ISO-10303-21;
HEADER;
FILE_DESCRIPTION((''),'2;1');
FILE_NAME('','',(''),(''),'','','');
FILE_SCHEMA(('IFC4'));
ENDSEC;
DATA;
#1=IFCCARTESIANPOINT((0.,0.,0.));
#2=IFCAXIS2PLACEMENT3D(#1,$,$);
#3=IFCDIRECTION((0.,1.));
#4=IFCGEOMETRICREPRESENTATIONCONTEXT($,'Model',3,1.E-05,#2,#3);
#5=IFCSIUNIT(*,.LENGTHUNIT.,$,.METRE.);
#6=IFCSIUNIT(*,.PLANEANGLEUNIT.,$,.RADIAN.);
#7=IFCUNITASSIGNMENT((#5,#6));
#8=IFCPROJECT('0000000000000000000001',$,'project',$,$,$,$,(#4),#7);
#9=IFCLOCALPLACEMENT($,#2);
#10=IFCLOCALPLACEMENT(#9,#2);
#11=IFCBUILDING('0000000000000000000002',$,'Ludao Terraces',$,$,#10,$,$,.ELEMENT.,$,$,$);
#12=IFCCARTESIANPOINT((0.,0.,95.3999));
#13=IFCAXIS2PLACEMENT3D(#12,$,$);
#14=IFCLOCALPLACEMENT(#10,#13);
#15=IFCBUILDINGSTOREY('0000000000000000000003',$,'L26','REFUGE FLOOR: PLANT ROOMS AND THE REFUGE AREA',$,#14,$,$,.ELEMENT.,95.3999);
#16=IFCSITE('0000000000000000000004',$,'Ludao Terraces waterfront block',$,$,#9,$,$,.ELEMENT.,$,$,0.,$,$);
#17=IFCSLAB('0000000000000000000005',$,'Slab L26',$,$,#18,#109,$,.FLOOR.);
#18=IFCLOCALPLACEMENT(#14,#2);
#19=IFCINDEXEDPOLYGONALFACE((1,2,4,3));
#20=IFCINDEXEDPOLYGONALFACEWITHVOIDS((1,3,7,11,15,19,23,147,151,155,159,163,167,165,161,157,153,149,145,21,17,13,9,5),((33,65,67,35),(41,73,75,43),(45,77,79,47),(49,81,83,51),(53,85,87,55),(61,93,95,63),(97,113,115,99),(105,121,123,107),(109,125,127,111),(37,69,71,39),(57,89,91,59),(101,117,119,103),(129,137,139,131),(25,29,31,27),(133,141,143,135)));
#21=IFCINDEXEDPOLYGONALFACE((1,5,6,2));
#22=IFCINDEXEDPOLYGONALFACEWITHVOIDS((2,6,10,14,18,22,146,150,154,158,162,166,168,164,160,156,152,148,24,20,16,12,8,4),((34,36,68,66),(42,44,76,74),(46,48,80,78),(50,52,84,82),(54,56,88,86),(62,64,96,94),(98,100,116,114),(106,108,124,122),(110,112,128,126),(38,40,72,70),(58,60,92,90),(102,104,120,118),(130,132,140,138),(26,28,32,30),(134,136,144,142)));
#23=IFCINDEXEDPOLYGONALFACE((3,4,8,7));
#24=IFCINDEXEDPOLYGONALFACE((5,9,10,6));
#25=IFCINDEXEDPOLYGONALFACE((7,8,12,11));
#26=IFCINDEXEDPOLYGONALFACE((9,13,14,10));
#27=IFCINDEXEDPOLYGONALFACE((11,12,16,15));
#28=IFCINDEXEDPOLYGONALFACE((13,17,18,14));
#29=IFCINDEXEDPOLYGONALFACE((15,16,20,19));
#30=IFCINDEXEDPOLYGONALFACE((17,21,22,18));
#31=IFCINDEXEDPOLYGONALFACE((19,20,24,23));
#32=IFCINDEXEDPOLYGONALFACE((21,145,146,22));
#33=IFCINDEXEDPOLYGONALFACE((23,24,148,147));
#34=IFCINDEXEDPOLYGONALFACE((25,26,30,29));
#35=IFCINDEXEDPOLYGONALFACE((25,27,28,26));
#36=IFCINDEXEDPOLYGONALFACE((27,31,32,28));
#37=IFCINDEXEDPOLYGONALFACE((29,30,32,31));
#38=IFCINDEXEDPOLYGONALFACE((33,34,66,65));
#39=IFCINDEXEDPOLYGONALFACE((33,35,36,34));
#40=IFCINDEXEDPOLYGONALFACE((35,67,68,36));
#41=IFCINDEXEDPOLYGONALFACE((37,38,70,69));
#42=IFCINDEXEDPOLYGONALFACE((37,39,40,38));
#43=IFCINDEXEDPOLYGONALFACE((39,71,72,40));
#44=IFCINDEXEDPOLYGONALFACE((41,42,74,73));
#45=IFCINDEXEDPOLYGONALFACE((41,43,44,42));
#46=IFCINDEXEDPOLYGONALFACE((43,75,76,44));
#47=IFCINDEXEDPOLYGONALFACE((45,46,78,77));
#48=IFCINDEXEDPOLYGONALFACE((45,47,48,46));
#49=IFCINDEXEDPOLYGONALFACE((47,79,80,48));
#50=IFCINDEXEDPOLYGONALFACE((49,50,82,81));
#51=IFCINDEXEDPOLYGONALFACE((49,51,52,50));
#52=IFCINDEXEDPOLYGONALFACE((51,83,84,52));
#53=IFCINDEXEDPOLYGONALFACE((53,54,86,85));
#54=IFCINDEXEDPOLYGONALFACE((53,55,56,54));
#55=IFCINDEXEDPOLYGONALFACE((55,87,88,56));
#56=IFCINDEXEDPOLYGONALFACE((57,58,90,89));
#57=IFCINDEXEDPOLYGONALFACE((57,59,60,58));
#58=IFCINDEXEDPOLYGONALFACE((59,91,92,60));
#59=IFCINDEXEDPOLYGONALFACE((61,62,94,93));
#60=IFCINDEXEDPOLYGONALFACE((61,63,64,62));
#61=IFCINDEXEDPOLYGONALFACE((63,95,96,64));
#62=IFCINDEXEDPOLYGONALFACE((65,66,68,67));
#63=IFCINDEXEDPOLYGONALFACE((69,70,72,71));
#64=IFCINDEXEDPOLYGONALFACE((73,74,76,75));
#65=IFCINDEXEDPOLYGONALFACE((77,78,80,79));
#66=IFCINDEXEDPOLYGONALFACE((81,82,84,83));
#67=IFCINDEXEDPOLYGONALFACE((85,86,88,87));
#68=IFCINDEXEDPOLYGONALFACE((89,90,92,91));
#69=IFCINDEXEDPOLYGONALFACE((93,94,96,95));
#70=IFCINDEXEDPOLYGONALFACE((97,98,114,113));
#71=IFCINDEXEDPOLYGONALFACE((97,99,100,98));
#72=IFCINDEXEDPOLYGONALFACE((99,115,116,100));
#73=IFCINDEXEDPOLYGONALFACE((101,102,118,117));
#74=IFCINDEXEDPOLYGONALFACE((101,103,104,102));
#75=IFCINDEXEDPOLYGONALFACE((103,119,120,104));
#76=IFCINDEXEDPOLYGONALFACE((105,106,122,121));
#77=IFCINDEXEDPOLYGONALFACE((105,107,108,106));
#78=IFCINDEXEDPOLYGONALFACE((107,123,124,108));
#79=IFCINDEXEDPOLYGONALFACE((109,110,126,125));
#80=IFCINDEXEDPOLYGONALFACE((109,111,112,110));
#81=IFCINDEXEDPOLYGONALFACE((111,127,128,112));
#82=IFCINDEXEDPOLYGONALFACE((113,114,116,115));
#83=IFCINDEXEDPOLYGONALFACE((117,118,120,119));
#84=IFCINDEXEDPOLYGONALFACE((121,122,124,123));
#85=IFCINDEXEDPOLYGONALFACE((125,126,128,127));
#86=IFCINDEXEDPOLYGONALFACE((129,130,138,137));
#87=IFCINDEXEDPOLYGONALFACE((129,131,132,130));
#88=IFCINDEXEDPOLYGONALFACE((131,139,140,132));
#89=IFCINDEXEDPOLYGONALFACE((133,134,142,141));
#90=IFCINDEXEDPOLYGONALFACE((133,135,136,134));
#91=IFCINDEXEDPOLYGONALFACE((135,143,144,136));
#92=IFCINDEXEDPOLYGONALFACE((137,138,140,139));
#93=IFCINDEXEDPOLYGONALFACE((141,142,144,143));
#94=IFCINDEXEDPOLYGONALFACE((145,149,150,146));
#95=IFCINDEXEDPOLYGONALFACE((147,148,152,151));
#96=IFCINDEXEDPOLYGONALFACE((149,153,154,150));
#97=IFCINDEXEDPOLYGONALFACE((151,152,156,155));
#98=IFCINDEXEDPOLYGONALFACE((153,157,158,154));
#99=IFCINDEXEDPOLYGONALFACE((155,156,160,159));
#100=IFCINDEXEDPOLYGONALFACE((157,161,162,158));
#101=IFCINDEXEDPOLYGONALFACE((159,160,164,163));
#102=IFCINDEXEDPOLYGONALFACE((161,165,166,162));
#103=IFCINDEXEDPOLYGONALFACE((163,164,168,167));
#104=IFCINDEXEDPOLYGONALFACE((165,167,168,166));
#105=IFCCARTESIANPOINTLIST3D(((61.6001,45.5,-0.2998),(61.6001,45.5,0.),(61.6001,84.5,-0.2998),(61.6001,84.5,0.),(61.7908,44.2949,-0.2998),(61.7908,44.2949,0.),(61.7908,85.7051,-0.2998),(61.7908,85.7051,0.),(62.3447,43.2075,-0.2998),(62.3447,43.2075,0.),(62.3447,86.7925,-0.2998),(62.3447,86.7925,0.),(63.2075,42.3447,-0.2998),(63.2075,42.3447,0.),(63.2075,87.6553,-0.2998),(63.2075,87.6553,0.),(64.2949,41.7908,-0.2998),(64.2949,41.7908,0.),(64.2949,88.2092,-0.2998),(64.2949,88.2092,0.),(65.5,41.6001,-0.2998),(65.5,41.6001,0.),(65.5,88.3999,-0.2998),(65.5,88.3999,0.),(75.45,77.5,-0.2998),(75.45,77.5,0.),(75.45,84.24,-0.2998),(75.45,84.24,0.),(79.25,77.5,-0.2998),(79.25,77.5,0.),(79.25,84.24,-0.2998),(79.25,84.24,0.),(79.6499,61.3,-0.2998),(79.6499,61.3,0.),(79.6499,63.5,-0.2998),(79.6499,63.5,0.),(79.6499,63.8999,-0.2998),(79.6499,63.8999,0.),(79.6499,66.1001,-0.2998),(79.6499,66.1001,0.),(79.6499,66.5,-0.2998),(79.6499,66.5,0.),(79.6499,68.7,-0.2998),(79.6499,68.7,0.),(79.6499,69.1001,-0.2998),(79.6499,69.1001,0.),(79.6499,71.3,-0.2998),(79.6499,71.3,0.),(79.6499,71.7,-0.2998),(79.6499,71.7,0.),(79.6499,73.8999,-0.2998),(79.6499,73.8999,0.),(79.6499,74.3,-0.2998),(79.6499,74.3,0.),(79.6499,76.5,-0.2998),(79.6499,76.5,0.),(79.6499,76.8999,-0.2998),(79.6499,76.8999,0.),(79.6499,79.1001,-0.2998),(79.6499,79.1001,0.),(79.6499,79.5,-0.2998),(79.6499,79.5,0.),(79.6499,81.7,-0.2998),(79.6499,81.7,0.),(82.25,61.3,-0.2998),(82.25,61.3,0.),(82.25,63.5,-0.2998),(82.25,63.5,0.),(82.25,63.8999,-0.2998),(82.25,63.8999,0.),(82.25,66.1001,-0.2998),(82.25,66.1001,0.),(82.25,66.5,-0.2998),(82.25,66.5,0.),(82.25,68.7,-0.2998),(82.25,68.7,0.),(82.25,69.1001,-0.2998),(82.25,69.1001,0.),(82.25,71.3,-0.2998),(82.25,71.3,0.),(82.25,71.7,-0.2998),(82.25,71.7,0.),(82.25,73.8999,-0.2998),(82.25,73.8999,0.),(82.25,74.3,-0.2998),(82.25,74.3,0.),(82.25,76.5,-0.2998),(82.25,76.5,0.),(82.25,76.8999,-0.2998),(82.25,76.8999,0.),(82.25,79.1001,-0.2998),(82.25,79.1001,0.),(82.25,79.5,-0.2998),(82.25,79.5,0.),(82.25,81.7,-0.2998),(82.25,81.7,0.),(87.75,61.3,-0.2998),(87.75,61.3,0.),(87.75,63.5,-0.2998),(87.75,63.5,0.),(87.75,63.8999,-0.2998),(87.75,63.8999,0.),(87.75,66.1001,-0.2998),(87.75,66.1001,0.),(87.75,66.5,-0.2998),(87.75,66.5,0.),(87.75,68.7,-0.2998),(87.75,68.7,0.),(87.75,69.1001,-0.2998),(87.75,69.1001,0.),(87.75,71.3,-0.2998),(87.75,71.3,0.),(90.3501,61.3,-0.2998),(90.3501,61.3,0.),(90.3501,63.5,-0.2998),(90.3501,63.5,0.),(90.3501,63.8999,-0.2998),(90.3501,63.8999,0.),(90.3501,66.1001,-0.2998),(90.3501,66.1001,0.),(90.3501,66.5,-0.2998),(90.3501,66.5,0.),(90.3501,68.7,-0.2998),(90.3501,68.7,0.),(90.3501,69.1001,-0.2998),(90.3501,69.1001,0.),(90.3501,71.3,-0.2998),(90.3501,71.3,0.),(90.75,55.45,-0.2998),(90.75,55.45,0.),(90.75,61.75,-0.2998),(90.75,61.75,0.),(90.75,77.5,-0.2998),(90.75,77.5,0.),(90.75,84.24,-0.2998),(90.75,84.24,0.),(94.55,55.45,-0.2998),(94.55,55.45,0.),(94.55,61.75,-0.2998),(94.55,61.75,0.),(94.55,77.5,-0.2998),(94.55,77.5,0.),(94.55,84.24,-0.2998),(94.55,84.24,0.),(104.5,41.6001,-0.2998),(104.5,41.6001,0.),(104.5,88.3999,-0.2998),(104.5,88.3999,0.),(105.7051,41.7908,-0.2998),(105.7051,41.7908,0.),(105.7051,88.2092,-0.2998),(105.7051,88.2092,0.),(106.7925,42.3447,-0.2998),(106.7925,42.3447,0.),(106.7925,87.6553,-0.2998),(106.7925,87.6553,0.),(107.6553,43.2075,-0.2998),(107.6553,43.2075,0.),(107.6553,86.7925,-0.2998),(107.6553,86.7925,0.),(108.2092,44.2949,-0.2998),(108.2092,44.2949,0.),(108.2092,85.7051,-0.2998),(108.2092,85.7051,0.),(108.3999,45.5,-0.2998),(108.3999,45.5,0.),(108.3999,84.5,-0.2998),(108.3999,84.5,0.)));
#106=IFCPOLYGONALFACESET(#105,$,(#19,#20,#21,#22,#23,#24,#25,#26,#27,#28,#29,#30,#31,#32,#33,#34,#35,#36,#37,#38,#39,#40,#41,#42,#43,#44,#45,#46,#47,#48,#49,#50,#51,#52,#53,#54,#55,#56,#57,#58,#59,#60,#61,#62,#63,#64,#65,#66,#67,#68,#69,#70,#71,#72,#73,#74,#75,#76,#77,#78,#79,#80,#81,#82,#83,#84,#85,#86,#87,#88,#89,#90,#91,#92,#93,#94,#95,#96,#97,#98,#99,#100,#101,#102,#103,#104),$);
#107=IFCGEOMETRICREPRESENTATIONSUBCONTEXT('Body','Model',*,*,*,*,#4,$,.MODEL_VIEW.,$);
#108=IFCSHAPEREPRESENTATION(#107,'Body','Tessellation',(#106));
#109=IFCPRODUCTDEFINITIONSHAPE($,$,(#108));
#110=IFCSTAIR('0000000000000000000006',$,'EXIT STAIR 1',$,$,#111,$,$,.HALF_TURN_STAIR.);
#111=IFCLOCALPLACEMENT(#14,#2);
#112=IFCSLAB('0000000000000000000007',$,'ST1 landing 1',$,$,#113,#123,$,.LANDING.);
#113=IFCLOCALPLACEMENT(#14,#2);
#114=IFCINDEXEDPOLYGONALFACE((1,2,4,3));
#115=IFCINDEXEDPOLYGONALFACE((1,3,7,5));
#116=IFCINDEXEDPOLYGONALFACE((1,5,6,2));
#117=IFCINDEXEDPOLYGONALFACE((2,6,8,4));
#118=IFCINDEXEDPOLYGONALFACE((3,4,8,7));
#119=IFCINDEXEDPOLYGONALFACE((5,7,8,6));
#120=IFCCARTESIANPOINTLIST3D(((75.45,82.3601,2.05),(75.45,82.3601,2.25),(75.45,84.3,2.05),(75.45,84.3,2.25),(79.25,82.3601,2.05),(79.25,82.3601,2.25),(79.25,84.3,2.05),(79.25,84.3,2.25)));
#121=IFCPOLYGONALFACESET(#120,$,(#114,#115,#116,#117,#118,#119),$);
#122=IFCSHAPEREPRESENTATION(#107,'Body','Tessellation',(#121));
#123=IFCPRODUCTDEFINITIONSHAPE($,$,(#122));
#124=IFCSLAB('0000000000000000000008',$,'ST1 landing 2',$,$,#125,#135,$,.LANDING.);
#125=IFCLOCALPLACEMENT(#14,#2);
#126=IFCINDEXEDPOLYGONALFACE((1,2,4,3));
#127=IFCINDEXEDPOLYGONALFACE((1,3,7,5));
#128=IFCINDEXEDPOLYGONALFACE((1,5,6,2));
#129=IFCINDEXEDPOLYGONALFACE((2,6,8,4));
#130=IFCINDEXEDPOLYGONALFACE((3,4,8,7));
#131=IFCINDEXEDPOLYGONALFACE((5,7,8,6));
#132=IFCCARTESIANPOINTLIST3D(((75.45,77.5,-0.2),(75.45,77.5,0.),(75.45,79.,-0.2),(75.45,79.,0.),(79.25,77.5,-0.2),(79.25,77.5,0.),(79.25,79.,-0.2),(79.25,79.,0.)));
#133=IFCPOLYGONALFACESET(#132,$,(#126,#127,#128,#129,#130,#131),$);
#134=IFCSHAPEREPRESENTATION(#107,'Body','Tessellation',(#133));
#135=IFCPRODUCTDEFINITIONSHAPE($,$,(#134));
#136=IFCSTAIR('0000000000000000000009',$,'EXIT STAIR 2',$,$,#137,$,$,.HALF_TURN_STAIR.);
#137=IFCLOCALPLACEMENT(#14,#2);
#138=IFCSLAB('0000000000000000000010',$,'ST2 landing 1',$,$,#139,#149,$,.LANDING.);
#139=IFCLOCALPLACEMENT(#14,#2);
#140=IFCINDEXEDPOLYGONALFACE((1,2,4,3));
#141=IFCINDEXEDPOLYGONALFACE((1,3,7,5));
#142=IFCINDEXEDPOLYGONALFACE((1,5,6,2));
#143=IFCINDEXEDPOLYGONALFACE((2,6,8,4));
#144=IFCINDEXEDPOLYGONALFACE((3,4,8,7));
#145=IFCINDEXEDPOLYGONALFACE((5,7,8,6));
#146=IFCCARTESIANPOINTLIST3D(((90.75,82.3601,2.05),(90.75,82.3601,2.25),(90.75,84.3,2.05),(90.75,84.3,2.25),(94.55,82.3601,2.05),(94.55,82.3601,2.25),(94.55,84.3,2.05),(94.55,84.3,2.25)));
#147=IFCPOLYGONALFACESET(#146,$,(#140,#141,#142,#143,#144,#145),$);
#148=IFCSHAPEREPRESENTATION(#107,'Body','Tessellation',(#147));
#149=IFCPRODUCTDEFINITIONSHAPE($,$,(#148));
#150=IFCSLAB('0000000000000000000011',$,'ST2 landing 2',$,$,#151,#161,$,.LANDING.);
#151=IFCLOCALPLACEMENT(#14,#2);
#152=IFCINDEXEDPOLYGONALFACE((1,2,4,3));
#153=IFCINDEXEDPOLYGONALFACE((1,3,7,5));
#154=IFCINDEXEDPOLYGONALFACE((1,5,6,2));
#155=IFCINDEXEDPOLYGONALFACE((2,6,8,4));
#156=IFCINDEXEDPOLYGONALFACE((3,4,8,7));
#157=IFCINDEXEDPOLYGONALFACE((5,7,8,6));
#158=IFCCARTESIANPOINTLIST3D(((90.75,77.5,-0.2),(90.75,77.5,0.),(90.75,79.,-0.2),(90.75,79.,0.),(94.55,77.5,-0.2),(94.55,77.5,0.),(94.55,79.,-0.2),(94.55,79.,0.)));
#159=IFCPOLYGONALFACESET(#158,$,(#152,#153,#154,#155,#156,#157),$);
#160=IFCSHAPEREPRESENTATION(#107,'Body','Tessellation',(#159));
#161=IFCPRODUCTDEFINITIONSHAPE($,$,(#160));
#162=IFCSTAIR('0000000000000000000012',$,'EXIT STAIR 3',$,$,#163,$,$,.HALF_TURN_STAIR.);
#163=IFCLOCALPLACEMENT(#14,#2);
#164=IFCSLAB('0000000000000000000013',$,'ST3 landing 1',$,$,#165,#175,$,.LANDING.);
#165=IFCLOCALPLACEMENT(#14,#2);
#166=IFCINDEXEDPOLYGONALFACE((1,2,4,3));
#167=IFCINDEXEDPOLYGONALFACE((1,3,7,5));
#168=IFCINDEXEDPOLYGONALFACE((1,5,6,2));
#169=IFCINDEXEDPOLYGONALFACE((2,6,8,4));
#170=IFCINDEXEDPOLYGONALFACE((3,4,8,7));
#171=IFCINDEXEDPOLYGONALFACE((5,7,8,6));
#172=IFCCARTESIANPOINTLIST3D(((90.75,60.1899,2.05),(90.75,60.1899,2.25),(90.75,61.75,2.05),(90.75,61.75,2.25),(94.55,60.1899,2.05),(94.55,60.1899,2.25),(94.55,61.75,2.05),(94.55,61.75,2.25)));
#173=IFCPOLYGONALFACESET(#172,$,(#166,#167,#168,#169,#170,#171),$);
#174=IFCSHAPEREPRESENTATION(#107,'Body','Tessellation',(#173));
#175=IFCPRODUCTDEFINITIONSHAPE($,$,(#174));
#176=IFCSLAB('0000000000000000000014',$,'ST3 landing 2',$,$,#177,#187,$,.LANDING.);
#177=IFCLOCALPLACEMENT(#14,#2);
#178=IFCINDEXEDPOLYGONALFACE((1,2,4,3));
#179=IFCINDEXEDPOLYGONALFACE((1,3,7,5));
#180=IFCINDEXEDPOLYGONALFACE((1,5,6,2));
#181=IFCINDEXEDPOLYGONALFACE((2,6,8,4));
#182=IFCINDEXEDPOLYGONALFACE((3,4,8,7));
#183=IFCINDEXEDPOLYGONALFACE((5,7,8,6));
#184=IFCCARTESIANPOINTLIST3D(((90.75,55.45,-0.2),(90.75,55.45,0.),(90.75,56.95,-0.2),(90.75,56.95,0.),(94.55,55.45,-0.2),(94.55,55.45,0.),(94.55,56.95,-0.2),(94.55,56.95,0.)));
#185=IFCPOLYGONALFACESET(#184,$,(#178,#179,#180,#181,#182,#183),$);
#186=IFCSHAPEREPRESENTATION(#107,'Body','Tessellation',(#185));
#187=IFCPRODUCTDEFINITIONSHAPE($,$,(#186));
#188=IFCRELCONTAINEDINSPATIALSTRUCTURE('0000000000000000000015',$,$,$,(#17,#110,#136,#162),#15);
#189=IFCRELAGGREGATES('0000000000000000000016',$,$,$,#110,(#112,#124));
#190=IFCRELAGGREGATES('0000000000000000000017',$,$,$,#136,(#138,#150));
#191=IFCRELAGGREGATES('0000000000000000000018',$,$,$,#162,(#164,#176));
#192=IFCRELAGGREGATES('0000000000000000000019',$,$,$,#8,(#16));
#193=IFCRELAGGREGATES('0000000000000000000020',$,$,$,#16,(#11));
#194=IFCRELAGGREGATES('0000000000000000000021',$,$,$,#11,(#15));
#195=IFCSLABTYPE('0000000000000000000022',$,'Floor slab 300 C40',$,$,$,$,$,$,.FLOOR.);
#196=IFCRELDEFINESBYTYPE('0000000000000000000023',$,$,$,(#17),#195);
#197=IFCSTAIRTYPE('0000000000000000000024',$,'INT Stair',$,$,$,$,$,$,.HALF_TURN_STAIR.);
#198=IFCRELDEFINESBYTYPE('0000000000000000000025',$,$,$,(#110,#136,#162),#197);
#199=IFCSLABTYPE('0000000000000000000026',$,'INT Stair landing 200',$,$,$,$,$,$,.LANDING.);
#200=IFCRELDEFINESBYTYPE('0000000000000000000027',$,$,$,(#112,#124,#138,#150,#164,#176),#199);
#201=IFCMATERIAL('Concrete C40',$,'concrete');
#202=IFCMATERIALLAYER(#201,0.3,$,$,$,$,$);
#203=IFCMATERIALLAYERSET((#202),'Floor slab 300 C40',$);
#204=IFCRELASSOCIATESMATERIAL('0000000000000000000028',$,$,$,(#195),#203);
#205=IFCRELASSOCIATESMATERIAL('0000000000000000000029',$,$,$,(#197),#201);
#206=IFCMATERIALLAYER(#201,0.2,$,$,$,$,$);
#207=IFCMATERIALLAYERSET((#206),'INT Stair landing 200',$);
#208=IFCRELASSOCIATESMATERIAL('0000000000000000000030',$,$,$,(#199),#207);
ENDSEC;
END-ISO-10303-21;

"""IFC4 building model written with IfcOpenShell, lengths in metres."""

from ifc_helpers import new_model, si_unit, direction, frame, origin, place, context, subcontext, project, spatial, polyline, outline, extrude, material, layer, layer_set, type_object, element, aggregate, save


model = new_model("IFC4")

# Units and contexts
model_context = context("Model", 3, precision=1e-05, world=origin(), true_north=direction((0.0, 1.0)))
body_context = subcontext(model_context, "Body", "Model", "MODEL_VIEW")
ifc_project = project(units=[si_unit("LENGTHUNIT", "METRE"), si_unit("PLANEANGLEUNIT", "RADIAN")], contexts=[model_context])

# Site, building, storey
site_placement = place(None, origin())
site = spatial("IfcSite", under=ifc_project, at=site_placement, Name="Ludao Terraces waterfront block", CompositionType="ELEMENT", RefElevation=0.0)
building_placement = place(site_placement, origin())
building = spatial("IfcBuilding", under=site, at=building_placement, Name="Ludao Terraces", CompositionType="ELEMENT")
storey_placement = place(building_placement, frame((0.0, 0.0, 95.3999)))
storey = spatial("IfcBuildingStorey", under=building, at=storey_placement, Name="L26", Description="REFUGE FLOOR: PLANT ROOMS AND THE REFUGE AREA", CompositionType="ELEMENT", Elevation=95.3999)

# Slab
ifc_material_1 = material(Name="Concrete C40", Category="concrete")
ifc_layer_1 = layer(ifc_material_1, 0.3)
ifc_layer_set_1 = layer_set([ifc_layer_1], Name="Floor slab 300 C40")
slab_type_1 = type_object("IfcSlabType", Name="Floor slab 300 C40", PredefinedType="FLOOR", material=ifc_layer_set_1)
slab_1_placement = place(storey_placement, frame((0.0, 0.0, -0.2998)))
element("IfcSlab", 1, at=slab_1_placement, inside=storey, type_object=slab_type_1, Name="Slab L26", PredefinedType="FLOOR", context=body_context, shape_type="SweptSolid", body=[
    extrude(outline(polyline([(104.5, 41.6001), (105.7051, 41.7908), (106.7925, 42.3447), (107.6553, 43.2075), (108.2092, 44.2949), (108.3999, 45.5), (108.3999, 84.5), (108.2092, 85.7051), (107.6553, 86.7925), (106.7925, 87.6553), (105.7051, 88.2092), (104.5, 88.3999), (65.5, 88.3999), (64.2949, 88.2092), (63.2075, 87.6553), (62.3447, 86.7925), (61.7908, 85.7051), (61.6001, 84.5), (61.6001, 45.5), (61.7908, 44.2949), (62.3447, 43.2075), (63.2075, 42.3447), (64.2949, 41.7908), (65.5, 41.6001), (104.5, 41.6001)]), holes=[polyline([(79.6499, 61.3), (82.25, 61.3), (82.25, 63.5), (79.6499, 63.5), (79.6499, 61.3)]), polyline([(79.6499, 63.8999), (82.25, 63.8999), (82.25, 66.1001), (79.6499, 66.1001), (79.6499, 63.8999)]), polyline([(79.6499, 66.5), (82.25, 66.5), (82.25, 68.7), (79.6499, 68.7), (79.6499, 66.5)]), polyline([(79.6499, 69.1001), (82.25, 69.1001), (82.25, 71.3), (79.6499, 71.3), (79.6499, 69.1001)]), polyline([(79.6499, 71.7), (82.25, 71.7), (82.25, 73.8999), (79.6499, 73.8999), (79.6499, 71.7)]), polyline([(79.6499, 74.3), (82.25, 74.3), (82.25, 76.5), (79.6499, 76.5), (79.6499, 74.3)]), polyline([(79.6499, 76.8999), (82.25, 76.8999), (82.25, 79.1001), (79.6499, 79.1001), (79.6499, 76.8999)]), polyline([(79.6499, 79.5), (82.25, 79.5), (82.25, 81.7), (79.6499, 81.7), (79.6499, 79.5)]), polyline([(87.75, 61.3), (90.3501, 61.3), (90.3501, 63.5), (87.75, 63.5), (87.75, 61.3)]), polyline([(87.75, 63.8999), (90.3501, 63.8999), (90.3501, 66.1001), (87.75, 66.1001), (87.75, 63.8999)]), polyline([(87.75, 66.5), (90.3501, 66.5), (90.3501, 68.7), (87.75, 68.7), (87.75, 66.5)]), polyline([(87.75, 69.1001), (90.3501, 69.1001), (90.3501, 71.3), (87.75, 71.3), (87.75, 69.1001)]), polyline([(75.45, 77.5), (79.25, 77.5), (79.25, 84.24), (75.45, 84.24), (75.45, 77.5)]), polyline([(90.75, 77.5), (94.55, 77.5), (94.55, 84.24), (90.75, 84.24), (90.75, 77.5)]), polyline([(90.75, 55.45), (94.55, 55.45), (94.55, 61.75), (90.75, 61.75), (90.75, 55.45)])]), origin(), (0.0, 0.0, 1.0), 0.2998),
])

# Stairs, slabs
stair_type = type_object("IfcStairType", Name="INT Stair", PredefinedType="HALF_TURN_STAIR", material=ifc_material_1)
stair_1_placement = place(storey_placement, origin())
stair_1 = element("IfcStair", 2, at=stair_1_placement, inside=storey, type_object=stair_type, Name="EXIT STAIR 1", PredefinedType="HALF_TURN_STAIR")
ifc_layer_2 = layer(ifc_material_1, 0.2)
ifc_layer_set_2 = layer_set([ifc_layer_2], Name="INT Stair landing 200")
slab_type_2 = type_object("IfcSlabType", Name="INT Stair landing 200", PredefinedType="LANDING", material=ifc_layer_set_2)
slab_2_placement = place(storey_placement, frame((0.0, 0.0, 2.05)))
slab_2 = element("IfcSlab", 3, at=slab_2_placement, type_object=slab_type_2, Name="ST1 landing 1", PredefinedType="LANDING", context=body_context, shape_type="SweptSolid", body=[
    extrude(outline(polyline([(75.45, 82.3601), (79.25, 82.3601), (79.25, 84.3), (75.45, 84.3), (75.45, 82.3601)])), origin(), (0.0, 0.0, 1.0), 0.2),
])
slab_3_placement = place(storey_placement, frame((0.0, 0.0, -0.2)))
slab_3 = element("IfcSlab", 4, at=slab_3_placement, type_object=slab_type_2, Name="ST1 landing 2", PredefinedType="LANDING", context=body_context, shape_type="SweptSolid", body=[
    extrude(outline(polyline([(75.45, 77.5), (79.25, 77.5), (79.25, 79.0), (75.45, 79.0), (75.45, 77.5)])), origin(), (0.0, 0.0, 1.0), 0.2),
])
aggregate(stair_1, [slab_2, slab_3])
stair_2_placement = place(storey_placement, origin())
stair_2 = element("IfcStair", 5, at=stair_2_placement, inside=storey, type_object=stair_type, Name="EXIT STAIR 2", PredefinedType="HALF_TURN_STAIR")
slab_4_placement = place(storey_placement, frame((0.0, 0.0, 2.05)))
slab_4 = element("IfcSlab", 6, at=slab_4_placement, type_object=slab_type_2, Name="ST2 landing 1", PredefinedType="LANDING", context=body_context, shape_type="SweptSolid", body=[
    extrude(outline(polyline([(90.75, 82.3601), (94.55, 82.3601), (94.55, 84.3), (90.75, 84.3), (90.75, 82.3601)])), origin(), (0.0, 0.0, 1.0), 0.2),
])
slab_5_placement = place(storey_placement, frame((0.0, 0.0, -0.2)))
slab_5 = element("IfcSlab", 7, at=slab_5_placement, type_object=slab_type_2, Name="ST2 landing 2", PredefinedType="LANDING", context=body_context, shape_type="SweptSolid", body=[
    extrude(outline(polyline([(90.75, 77.5), (94.55, 77.5), (94.55, 79.0), (90.75, 79.0), (90.75, 77.5)])), origin(), (0.0, 0.0, 1.0), 0.2),
])
aggregate(stair_2, [slab_4, slab_5])
stair_3_placement = place(storey_placement, origin())
stair_3 = element("IfcStair", 8, at=stair_3_placement, inside=storey, type_object=stair_type, Name="EXIT STAIR 3", PredefinedType="HALF_TURN_STAIR")
slab_6_placement = place(storey_placement, frame((0.0, 0.0, 2.05)))
slab_6 = element("IfcSlab", 9, at=slab_6_placement, type_object=slab_type_2, Name="ST3 landing 1", PredefinedType="LANDING", context=body_context, shape_type="SweptSolid", body=[
    extrude(outline(polyline([(90.75, 60.1899), (94.55, 60.1899), (94.55, 61.75), (90.75, 61.75), (90.75, 60.1899)])), origin(), (0.0, 0.0, 1.0), 0.2),
])
slab_7_placement = place(storey_placement, frame((0.0, 0.0, -0.2)))
slab_7 = element("IfcSlab", 10, at=slab_7_placement, type_object=slab_type_2, Name="ST3 landing 2", PredefinedType="LANDING", context=body_context, shape_type="SweptSolid", body=[
    extrude(outline(polyline([(90.75, 55.45), (94.55, 55.45), (94.55, 56.95), (90.75, 56.95), (90.75, 55.45)])), origin(), (0.0, 0.0, 1.0), 0.2),
])
aggregate(stair_3, [slab_6, slab_7])

save(model, "model.ifc")
